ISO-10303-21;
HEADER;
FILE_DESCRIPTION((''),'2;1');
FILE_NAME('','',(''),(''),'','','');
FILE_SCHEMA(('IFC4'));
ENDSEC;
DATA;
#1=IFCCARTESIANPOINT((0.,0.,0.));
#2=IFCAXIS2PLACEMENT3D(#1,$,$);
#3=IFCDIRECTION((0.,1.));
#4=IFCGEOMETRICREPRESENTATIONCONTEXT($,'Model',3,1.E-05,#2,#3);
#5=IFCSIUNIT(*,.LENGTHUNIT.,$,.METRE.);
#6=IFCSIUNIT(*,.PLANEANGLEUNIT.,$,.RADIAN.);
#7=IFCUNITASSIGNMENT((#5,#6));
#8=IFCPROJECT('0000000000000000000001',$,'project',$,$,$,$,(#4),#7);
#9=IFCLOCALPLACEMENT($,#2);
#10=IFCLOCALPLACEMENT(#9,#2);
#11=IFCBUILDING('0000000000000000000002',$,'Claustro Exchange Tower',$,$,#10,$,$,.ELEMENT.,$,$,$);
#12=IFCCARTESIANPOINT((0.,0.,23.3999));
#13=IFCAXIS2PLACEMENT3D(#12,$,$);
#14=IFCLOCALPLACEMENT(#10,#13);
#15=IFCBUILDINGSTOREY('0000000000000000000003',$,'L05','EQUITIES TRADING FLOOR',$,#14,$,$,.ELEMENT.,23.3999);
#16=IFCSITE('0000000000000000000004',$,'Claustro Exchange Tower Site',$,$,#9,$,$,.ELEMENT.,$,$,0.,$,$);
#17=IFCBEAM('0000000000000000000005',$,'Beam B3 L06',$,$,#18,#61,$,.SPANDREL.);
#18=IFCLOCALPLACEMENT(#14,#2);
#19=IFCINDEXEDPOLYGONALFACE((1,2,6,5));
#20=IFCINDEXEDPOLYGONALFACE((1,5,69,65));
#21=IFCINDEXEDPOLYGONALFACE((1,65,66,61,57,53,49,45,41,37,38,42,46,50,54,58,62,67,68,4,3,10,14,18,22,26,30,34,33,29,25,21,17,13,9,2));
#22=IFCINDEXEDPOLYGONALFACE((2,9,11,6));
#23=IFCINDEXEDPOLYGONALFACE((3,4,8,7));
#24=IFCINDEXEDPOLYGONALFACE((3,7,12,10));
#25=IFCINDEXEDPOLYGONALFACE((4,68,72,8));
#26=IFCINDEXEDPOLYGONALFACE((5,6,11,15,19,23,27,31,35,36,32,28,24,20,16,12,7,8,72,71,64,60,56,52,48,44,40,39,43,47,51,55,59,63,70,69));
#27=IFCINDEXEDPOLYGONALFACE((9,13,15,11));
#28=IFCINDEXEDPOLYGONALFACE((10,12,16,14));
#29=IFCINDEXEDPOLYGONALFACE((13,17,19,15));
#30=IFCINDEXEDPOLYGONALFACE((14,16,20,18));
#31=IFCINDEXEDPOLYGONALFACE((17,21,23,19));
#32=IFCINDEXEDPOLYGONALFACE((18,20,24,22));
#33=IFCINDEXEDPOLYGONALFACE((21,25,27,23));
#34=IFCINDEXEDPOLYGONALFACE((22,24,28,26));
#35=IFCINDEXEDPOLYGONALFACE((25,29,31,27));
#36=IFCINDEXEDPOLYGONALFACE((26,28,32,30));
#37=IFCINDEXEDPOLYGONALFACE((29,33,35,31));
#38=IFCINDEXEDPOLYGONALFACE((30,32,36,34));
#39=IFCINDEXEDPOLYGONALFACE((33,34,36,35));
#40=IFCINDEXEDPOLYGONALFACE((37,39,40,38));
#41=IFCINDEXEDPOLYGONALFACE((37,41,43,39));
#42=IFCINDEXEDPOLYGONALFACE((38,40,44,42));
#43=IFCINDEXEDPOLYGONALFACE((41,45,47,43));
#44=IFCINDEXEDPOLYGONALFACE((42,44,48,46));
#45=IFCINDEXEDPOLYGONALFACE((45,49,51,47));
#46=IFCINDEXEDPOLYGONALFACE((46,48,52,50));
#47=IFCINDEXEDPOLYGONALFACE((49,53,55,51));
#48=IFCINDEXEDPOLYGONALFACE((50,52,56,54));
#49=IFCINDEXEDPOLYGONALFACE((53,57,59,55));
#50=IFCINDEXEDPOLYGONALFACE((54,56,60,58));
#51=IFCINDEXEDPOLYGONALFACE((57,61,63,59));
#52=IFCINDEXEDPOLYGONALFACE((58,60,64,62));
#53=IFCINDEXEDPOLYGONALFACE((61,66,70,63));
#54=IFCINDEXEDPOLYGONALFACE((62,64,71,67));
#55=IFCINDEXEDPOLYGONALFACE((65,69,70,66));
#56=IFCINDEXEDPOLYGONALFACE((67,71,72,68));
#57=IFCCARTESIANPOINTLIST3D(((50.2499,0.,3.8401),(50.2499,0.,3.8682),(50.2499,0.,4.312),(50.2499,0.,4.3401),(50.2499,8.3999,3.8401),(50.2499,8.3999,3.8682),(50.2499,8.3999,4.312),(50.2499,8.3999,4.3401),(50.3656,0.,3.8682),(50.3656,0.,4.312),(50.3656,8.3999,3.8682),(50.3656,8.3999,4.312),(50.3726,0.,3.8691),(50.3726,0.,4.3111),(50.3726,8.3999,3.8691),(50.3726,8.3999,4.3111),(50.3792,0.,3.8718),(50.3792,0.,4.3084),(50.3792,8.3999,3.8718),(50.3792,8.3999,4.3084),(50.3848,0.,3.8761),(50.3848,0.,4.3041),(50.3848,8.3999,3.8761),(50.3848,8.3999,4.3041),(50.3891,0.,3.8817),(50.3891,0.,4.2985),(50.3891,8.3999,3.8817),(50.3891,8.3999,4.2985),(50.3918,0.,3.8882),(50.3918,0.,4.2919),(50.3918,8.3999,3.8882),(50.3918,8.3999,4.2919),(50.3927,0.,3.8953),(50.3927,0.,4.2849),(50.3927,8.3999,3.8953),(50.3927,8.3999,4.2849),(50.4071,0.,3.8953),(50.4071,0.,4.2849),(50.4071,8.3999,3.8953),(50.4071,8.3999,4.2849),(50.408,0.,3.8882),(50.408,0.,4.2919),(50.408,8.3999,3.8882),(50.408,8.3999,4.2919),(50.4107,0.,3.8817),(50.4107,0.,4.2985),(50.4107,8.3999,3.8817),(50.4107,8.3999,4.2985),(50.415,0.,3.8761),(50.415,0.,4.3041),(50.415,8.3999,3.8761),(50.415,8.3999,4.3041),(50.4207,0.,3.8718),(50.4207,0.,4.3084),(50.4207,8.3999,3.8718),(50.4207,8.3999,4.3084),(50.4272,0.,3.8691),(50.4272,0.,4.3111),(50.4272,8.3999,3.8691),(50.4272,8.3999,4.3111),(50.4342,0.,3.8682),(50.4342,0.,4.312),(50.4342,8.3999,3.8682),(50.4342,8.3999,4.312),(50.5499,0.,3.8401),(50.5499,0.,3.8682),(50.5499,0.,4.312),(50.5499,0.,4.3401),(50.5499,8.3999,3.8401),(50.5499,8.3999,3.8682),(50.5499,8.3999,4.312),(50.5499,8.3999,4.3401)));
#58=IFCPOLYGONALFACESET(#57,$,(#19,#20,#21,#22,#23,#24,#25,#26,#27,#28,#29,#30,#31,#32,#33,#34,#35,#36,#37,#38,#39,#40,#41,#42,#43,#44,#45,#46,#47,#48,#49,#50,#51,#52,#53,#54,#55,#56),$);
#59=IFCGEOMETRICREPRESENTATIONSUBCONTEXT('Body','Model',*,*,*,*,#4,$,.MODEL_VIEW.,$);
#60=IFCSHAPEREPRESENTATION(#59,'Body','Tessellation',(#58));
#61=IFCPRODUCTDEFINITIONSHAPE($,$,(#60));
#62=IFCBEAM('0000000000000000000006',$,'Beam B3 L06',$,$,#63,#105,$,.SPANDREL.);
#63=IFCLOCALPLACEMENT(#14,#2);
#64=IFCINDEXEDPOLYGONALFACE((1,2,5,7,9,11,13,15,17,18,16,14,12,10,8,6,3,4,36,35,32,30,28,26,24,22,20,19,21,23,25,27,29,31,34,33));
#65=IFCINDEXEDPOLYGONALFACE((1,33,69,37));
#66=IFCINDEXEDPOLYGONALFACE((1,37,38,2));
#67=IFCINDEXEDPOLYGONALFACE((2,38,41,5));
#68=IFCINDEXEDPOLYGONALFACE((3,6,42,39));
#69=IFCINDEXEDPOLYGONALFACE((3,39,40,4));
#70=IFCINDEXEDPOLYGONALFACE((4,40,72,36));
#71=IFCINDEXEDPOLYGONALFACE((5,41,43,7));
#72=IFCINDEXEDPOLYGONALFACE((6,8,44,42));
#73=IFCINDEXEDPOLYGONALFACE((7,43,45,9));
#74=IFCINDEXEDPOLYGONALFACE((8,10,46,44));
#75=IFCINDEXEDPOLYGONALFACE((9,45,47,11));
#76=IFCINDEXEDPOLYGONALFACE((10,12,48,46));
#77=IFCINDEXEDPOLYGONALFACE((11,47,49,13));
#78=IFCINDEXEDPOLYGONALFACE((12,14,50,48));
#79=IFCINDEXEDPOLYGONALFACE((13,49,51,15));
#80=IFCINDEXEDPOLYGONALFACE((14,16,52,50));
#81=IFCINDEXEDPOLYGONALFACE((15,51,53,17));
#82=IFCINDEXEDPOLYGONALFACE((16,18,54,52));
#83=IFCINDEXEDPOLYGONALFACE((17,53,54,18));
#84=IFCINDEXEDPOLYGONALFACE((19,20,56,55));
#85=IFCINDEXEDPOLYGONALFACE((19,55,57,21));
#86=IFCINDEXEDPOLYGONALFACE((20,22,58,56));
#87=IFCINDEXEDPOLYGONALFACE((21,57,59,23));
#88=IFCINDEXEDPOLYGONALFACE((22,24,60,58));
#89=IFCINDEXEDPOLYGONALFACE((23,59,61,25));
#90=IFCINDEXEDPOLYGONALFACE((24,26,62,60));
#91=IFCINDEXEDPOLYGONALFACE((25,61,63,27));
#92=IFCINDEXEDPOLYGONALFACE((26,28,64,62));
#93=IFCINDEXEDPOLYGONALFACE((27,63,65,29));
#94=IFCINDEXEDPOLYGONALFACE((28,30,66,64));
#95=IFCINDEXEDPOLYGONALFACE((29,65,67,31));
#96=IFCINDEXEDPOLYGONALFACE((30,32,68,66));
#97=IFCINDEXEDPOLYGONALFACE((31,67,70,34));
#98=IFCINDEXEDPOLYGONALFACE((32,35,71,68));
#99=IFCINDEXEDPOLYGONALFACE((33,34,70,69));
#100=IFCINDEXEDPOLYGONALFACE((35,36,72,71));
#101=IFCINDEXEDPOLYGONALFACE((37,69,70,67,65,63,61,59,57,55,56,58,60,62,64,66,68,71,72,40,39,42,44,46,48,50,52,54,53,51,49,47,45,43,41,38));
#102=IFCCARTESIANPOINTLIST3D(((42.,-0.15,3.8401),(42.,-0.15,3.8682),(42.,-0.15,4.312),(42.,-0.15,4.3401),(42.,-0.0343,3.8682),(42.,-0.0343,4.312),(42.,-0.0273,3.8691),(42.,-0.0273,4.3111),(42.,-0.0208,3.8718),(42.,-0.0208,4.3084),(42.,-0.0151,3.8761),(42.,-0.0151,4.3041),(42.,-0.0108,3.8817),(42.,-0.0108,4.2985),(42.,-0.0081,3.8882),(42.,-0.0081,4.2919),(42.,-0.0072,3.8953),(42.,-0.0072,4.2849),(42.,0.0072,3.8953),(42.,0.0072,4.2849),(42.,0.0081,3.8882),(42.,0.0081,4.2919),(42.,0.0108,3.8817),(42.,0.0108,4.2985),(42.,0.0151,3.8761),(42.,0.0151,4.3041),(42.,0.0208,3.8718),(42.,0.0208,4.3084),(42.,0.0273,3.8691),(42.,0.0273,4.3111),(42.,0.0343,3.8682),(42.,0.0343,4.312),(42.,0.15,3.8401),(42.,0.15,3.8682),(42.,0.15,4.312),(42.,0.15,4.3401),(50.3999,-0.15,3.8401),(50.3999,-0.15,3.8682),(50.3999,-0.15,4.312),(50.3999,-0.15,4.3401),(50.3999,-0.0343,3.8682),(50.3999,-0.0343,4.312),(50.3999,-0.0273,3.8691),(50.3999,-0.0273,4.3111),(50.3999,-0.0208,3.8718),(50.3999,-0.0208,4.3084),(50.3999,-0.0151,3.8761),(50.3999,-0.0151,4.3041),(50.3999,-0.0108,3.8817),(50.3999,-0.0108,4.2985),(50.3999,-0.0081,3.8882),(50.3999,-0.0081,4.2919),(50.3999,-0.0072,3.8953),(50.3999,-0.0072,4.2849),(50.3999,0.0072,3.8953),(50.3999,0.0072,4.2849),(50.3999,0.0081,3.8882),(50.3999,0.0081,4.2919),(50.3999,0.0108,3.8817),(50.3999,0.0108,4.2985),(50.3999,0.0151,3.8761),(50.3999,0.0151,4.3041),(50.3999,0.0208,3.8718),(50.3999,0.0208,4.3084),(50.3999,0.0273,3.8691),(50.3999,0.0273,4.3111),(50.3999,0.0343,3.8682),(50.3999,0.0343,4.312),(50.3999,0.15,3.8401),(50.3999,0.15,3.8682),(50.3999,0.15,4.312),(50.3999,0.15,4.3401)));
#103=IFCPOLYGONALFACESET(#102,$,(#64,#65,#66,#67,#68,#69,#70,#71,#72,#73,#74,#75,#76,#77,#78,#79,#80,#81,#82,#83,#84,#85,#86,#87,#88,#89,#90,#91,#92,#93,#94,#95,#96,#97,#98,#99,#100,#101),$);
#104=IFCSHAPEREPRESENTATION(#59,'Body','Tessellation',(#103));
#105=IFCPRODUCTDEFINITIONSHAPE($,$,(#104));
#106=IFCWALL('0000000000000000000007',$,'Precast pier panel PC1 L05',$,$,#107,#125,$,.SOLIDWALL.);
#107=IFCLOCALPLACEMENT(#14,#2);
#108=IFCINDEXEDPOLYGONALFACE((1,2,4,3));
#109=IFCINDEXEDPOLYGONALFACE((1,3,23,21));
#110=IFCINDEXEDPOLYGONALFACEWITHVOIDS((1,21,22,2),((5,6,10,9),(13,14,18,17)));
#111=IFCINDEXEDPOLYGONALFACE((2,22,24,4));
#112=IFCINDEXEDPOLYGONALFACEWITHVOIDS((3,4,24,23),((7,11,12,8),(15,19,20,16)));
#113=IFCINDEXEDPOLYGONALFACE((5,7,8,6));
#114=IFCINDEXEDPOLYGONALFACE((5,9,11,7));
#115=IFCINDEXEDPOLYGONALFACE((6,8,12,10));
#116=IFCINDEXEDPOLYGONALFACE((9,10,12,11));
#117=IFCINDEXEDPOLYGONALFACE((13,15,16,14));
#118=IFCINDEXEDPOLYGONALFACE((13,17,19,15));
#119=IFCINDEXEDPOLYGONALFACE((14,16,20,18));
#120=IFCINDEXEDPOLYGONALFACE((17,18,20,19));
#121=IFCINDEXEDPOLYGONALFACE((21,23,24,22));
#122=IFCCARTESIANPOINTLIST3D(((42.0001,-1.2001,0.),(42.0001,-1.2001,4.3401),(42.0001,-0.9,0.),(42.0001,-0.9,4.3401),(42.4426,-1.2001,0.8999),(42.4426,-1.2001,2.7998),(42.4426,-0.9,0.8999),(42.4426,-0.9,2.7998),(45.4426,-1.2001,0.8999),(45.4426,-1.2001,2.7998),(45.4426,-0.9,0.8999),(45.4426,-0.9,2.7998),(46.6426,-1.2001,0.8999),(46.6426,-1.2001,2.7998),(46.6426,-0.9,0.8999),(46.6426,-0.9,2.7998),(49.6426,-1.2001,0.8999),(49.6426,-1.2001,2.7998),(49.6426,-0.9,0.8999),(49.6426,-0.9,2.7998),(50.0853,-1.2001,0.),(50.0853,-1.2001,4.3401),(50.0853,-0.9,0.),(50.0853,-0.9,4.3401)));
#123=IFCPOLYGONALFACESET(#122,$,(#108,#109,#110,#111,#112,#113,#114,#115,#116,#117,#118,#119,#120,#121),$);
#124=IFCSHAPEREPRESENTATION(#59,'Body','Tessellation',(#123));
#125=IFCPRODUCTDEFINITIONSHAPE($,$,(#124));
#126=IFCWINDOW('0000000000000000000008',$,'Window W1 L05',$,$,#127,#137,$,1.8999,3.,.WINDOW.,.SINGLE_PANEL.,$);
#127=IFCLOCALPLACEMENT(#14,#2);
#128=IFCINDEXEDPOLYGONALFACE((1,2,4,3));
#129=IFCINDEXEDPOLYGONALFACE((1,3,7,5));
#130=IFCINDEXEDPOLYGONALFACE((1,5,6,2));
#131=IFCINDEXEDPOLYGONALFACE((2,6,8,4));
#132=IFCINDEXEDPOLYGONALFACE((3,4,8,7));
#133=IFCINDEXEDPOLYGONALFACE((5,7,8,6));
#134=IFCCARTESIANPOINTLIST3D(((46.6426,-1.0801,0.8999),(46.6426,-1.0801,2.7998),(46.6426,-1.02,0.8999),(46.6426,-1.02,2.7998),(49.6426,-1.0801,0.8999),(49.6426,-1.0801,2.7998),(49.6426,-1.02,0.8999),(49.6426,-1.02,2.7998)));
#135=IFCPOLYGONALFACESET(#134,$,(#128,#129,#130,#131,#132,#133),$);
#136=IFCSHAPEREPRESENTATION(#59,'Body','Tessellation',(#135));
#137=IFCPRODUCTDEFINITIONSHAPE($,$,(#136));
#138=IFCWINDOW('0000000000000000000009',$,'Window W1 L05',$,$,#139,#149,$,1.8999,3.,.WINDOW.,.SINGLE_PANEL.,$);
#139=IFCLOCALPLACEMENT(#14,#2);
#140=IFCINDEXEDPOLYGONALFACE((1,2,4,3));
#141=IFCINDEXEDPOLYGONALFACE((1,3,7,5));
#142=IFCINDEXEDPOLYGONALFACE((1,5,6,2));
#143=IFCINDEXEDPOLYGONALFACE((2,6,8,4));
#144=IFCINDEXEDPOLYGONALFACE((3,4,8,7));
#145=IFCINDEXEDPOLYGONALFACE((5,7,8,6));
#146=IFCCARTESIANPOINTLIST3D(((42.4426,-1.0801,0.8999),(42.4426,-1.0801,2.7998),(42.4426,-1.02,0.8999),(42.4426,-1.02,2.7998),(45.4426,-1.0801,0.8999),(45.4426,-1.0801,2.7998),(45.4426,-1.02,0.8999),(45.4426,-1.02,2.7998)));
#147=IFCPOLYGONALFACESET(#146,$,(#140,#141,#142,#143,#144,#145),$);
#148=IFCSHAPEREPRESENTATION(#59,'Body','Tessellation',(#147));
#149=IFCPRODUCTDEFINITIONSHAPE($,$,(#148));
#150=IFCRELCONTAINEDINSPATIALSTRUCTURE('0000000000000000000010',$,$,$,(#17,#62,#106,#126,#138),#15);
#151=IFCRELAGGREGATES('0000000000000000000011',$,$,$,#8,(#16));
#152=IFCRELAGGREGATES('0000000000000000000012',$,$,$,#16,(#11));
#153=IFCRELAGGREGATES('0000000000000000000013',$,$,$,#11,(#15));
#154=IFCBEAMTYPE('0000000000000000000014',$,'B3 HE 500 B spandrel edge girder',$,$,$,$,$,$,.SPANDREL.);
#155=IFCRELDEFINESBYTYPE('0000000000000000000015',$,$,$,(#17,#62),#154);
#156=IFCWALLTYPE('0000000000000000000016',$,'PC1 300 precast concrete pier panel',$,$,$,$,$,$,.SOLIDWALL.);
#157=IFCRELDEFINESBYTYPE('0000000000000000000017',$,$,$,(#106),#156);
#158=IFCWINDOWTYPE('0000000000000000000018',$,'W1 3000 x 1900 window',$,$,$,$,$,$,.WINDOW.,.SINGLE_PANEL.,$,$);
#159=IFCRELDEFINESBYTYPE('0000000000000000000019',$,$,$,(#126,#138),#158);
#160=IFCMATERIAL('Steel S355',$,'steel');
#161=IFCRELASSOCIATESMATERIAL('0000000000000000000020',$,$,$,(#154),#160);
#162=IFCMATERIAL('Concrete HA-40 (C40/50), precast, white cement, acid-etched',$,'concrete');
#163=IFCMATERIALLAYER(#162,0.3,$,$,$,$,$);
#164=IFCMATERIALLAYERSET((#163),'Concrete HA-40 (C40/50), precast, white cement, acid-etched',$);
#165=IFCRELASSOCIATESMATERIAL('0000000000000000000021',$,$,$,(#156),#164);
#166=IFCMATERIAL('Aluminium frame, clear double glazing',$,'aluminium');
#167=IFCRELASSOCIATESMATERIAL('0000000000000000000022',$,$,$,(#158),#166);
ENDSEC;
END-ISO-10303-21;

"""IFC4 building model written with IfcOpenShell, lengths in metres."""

from ifc_helpers import new_model, si_unit, direction, frame, frame_2d, origin, origin_2d, place, context, subcontext, project, spatial, rectangle, i_section, extrude, material, layer, layer_set, material_profile, profile_set, type_object, element, fill, save


model = new_model("IFC4")

# Units and contexts
model_context = context("Model", 3, precision=1e-05, world=origin(), true_north=direction((0.0, 1.0)))
body_context = subcontext(model_context, "Body", "Model", "MODEL_VIEW")
ifc_project = project(units=[si_unit("LENGTHUNIT", "METRE"), si_unit("PLANEANGLEUNIT", "RADIAN")], contexts=[model_context])

# Site, building, storey
site_placement = place(None, origin())
site = spatial("IfcSite", under=ifc_project, at=site_placement, Name="Claustro Exchange Tower Site", CompositionType="ELEMENT", RefElevation=0.0)
building_placement = place(site_placement, origin())
building = spatial("IfcBuilding", under=site, at=building_placement, Name="Claustro Exchange Tower", CompositionType="ELEMENT")
storey_placement = place(building_placement, frame((0.0, 0.0, 23.3999)))
storey = spatial("IfcBuildingStorey", under=building, at=storey_placement, Name="L05", Description="EQUITIES TRADING FLOOR", CompositionType="ELEMENT", Elevation=23.3999)

# Beams
ifc_material_1 = material(Name="Steel S355", Category="steel")
ifc_material_profile_1 = material_profile(ifc_material_1, i_section(OverallWidth=0.3, OverallDepth=0.5, WebThickness=0.0144, FlangeThickness=0.0281, FilletRadius=0.0271, at=origin_2d()), Name="HE 500 B")
ifc_profile_set_1 = profile_set([ifc_material_profile_1], Name="Steel S355")
beam_type_1 = type_object("IfcBeamType", Name="B3 HE 500 B spandrel edge girder", PredefinedType="SPANDREL", material=ifc_profile_set_1)
for number, where, z_axis, x_axis, name in (
    (1, (50.3999, 0.0, 4.0901), (0.0, 1.0, 0.0), (-1.0, 0.0, 0.0), "Beam B3 L06"),
    (2, (42.0, 0.0, 4.0901), (1.0, 0.0, 0.0), (0.0, 1.0, 0.0), "Beam B3 L06"),
):
    element("IfcBeam", number, at=place(storey_placement, frame(where, z_axis=z_axis, x_axis=x_axis)), inside=storey, type_object=beam_type_1, Name=name, PredefinedType="SPANDREL", context=body_context, shape_type="SweptSolid", body=[
        extrude(i_section(OverallWidth=0.3, OverallDepth=0.5, WebThickness=0.0144, FlangeThickness=0.0281, FilletRadius=0.0271, at=origin_2d()), origin(), (0.0, 0.0, 1.0), 8.3999),
    ])

# Wall, openings, windows
ifc_material_2 = material(Name="Concrete HA-40 (C40/50), precast, white cement, acid-etched", Category="concrete")
ifc_layer_1 = layer(ifc_material_2, 0.3)
ifc_layer_set_1 = layer_set([ifc_layer_1], Name="Concrete HA-40 (C40/50), precast, white cement, acid-etched")
wall_type = type_object("IfcWallType", Name="PC1 300 precast concrete pier panel", PredefinedType="SOLIDWALL", material=ifc_layer_set_1)
wall_1_placement = place(storey_placement, frame((50.0852, -1.05, 0.0), z_axis=(0.0, 0.0, 1.0), x_axis=(-1.0, 0.0, 0.0)))
wall_1 = element("IfcWall", 3, at=wall_1_placement, inside=storey, type_object=wall_type, Name="Precast pier panel PC1 L05", PredefinedType="SOLIDWALL", context=body_context, shape_type="SweptSolid", body=[
    extrude(rectangle(XDim=8.0852, YDim=0.3, at=frame_2d((4.0425, 0.0))), origin(), (0.0, 0.0, 1.0), 4.3401),
])
opening_1_placement = place(wall_1_placement, frame((0.4426, 0.0, 0.8999)))
opening_1 = element("IfcOpeningElement", 4, at=opening_1_placement, cuts=wall_1, PredefinedType="OPENING", context=body_context, shape_type="SweptSolid", body=[
    extrude(rectangle(XDim=3.0, YDim=1.8999, at=frame_2d((1.5, 0.95))), frame((0.0, 0.1599, 0.0), z_axis=(0.0, -1.0, 0.0), x_axis=(1.0, 0.0, 0.0)), (0.0, 0.0, 1.0), 0.3201),
])
opening_2_placement = place(wall_1_placement, frame((4.6426, 0.0, 0.8999)))
opening_2 = element("IfcOpeningElement", 5, at=opening_2_placement, cuts=wall_1, PredefinedType="OPENING", context=body_context, shape_type="SweptSolid", body=[
    extrude(rectangle(XDim=3.0, YDim=1.8999, at=frame_2d((1.5, 0.95))), frame((0.0, 0.1599, 0.0), z_axis=(0.0, -1.0, 0.0), x_axis=(1.0, 0.0, 0.0)), (0.0, 0.0, 1.0), 0.3201),
])
ifc_material_3 = material(Name="Aluminium frame, clear double glazing", Category="aluminium")
window_type = type_object("IfcWindowType", Name="W1 3000 x 1900 window", PartitioningType="SINGLE_PANEL", PredefinedType="WINDOW", material=ifc_material_3)
window_1_placement = place(opening_1_placement, origin())
window_1 = element("IfcWindow", 6, at=window_1_placement, inside=storey, type_object=window_type, Name="Window W1 L05", OverallHeight=1.8999, OverallWidth=3.0, PartitioningType="SINGLE_PANEL", PredefinedType="WINDOW", context=body_context, shape_type="SweptSolid", body=[
    extrude(rectangle(XDim=3.0, YDim=1.8999, at=frame_2d((1.5, 0.95))), frame((0.0, 0.03, 0.0), z_axis=(0.0, -1.0, 0.0), x_axis=(1.0, 0.0, 0.0)), (0.0, 0.0, 1.0), 0.0601),
])
fill(opening_1, window_1)
window_2_placement = place(opening_2_placement, origin())
window_2 = element("IfcWindow", 7, at=window_2_placement, inside=storey, type_object=window_type, Name="Window W1 L05", OverallHeight=1.8999, OverallWidth=3.0, PartitioningType="SINGLE_PANEL", PredefinedType="WINDOW", context=body_context, shape_type="SweptSolid", body=[
    extrude(rectangle(XDim=3.0, YDim=1.8999, at=frame_2d((1.5, 0.95))), frame((0.0, 0.03, 0.0), z_axis=(0.0, -1.0, 0.0), x_axis=(1.0, 0.0, 0.0)), (0.0, 0.0, 1.0), 0.0601),
])
fill(opening_2, window_2)

save(model, "model.ifc")
